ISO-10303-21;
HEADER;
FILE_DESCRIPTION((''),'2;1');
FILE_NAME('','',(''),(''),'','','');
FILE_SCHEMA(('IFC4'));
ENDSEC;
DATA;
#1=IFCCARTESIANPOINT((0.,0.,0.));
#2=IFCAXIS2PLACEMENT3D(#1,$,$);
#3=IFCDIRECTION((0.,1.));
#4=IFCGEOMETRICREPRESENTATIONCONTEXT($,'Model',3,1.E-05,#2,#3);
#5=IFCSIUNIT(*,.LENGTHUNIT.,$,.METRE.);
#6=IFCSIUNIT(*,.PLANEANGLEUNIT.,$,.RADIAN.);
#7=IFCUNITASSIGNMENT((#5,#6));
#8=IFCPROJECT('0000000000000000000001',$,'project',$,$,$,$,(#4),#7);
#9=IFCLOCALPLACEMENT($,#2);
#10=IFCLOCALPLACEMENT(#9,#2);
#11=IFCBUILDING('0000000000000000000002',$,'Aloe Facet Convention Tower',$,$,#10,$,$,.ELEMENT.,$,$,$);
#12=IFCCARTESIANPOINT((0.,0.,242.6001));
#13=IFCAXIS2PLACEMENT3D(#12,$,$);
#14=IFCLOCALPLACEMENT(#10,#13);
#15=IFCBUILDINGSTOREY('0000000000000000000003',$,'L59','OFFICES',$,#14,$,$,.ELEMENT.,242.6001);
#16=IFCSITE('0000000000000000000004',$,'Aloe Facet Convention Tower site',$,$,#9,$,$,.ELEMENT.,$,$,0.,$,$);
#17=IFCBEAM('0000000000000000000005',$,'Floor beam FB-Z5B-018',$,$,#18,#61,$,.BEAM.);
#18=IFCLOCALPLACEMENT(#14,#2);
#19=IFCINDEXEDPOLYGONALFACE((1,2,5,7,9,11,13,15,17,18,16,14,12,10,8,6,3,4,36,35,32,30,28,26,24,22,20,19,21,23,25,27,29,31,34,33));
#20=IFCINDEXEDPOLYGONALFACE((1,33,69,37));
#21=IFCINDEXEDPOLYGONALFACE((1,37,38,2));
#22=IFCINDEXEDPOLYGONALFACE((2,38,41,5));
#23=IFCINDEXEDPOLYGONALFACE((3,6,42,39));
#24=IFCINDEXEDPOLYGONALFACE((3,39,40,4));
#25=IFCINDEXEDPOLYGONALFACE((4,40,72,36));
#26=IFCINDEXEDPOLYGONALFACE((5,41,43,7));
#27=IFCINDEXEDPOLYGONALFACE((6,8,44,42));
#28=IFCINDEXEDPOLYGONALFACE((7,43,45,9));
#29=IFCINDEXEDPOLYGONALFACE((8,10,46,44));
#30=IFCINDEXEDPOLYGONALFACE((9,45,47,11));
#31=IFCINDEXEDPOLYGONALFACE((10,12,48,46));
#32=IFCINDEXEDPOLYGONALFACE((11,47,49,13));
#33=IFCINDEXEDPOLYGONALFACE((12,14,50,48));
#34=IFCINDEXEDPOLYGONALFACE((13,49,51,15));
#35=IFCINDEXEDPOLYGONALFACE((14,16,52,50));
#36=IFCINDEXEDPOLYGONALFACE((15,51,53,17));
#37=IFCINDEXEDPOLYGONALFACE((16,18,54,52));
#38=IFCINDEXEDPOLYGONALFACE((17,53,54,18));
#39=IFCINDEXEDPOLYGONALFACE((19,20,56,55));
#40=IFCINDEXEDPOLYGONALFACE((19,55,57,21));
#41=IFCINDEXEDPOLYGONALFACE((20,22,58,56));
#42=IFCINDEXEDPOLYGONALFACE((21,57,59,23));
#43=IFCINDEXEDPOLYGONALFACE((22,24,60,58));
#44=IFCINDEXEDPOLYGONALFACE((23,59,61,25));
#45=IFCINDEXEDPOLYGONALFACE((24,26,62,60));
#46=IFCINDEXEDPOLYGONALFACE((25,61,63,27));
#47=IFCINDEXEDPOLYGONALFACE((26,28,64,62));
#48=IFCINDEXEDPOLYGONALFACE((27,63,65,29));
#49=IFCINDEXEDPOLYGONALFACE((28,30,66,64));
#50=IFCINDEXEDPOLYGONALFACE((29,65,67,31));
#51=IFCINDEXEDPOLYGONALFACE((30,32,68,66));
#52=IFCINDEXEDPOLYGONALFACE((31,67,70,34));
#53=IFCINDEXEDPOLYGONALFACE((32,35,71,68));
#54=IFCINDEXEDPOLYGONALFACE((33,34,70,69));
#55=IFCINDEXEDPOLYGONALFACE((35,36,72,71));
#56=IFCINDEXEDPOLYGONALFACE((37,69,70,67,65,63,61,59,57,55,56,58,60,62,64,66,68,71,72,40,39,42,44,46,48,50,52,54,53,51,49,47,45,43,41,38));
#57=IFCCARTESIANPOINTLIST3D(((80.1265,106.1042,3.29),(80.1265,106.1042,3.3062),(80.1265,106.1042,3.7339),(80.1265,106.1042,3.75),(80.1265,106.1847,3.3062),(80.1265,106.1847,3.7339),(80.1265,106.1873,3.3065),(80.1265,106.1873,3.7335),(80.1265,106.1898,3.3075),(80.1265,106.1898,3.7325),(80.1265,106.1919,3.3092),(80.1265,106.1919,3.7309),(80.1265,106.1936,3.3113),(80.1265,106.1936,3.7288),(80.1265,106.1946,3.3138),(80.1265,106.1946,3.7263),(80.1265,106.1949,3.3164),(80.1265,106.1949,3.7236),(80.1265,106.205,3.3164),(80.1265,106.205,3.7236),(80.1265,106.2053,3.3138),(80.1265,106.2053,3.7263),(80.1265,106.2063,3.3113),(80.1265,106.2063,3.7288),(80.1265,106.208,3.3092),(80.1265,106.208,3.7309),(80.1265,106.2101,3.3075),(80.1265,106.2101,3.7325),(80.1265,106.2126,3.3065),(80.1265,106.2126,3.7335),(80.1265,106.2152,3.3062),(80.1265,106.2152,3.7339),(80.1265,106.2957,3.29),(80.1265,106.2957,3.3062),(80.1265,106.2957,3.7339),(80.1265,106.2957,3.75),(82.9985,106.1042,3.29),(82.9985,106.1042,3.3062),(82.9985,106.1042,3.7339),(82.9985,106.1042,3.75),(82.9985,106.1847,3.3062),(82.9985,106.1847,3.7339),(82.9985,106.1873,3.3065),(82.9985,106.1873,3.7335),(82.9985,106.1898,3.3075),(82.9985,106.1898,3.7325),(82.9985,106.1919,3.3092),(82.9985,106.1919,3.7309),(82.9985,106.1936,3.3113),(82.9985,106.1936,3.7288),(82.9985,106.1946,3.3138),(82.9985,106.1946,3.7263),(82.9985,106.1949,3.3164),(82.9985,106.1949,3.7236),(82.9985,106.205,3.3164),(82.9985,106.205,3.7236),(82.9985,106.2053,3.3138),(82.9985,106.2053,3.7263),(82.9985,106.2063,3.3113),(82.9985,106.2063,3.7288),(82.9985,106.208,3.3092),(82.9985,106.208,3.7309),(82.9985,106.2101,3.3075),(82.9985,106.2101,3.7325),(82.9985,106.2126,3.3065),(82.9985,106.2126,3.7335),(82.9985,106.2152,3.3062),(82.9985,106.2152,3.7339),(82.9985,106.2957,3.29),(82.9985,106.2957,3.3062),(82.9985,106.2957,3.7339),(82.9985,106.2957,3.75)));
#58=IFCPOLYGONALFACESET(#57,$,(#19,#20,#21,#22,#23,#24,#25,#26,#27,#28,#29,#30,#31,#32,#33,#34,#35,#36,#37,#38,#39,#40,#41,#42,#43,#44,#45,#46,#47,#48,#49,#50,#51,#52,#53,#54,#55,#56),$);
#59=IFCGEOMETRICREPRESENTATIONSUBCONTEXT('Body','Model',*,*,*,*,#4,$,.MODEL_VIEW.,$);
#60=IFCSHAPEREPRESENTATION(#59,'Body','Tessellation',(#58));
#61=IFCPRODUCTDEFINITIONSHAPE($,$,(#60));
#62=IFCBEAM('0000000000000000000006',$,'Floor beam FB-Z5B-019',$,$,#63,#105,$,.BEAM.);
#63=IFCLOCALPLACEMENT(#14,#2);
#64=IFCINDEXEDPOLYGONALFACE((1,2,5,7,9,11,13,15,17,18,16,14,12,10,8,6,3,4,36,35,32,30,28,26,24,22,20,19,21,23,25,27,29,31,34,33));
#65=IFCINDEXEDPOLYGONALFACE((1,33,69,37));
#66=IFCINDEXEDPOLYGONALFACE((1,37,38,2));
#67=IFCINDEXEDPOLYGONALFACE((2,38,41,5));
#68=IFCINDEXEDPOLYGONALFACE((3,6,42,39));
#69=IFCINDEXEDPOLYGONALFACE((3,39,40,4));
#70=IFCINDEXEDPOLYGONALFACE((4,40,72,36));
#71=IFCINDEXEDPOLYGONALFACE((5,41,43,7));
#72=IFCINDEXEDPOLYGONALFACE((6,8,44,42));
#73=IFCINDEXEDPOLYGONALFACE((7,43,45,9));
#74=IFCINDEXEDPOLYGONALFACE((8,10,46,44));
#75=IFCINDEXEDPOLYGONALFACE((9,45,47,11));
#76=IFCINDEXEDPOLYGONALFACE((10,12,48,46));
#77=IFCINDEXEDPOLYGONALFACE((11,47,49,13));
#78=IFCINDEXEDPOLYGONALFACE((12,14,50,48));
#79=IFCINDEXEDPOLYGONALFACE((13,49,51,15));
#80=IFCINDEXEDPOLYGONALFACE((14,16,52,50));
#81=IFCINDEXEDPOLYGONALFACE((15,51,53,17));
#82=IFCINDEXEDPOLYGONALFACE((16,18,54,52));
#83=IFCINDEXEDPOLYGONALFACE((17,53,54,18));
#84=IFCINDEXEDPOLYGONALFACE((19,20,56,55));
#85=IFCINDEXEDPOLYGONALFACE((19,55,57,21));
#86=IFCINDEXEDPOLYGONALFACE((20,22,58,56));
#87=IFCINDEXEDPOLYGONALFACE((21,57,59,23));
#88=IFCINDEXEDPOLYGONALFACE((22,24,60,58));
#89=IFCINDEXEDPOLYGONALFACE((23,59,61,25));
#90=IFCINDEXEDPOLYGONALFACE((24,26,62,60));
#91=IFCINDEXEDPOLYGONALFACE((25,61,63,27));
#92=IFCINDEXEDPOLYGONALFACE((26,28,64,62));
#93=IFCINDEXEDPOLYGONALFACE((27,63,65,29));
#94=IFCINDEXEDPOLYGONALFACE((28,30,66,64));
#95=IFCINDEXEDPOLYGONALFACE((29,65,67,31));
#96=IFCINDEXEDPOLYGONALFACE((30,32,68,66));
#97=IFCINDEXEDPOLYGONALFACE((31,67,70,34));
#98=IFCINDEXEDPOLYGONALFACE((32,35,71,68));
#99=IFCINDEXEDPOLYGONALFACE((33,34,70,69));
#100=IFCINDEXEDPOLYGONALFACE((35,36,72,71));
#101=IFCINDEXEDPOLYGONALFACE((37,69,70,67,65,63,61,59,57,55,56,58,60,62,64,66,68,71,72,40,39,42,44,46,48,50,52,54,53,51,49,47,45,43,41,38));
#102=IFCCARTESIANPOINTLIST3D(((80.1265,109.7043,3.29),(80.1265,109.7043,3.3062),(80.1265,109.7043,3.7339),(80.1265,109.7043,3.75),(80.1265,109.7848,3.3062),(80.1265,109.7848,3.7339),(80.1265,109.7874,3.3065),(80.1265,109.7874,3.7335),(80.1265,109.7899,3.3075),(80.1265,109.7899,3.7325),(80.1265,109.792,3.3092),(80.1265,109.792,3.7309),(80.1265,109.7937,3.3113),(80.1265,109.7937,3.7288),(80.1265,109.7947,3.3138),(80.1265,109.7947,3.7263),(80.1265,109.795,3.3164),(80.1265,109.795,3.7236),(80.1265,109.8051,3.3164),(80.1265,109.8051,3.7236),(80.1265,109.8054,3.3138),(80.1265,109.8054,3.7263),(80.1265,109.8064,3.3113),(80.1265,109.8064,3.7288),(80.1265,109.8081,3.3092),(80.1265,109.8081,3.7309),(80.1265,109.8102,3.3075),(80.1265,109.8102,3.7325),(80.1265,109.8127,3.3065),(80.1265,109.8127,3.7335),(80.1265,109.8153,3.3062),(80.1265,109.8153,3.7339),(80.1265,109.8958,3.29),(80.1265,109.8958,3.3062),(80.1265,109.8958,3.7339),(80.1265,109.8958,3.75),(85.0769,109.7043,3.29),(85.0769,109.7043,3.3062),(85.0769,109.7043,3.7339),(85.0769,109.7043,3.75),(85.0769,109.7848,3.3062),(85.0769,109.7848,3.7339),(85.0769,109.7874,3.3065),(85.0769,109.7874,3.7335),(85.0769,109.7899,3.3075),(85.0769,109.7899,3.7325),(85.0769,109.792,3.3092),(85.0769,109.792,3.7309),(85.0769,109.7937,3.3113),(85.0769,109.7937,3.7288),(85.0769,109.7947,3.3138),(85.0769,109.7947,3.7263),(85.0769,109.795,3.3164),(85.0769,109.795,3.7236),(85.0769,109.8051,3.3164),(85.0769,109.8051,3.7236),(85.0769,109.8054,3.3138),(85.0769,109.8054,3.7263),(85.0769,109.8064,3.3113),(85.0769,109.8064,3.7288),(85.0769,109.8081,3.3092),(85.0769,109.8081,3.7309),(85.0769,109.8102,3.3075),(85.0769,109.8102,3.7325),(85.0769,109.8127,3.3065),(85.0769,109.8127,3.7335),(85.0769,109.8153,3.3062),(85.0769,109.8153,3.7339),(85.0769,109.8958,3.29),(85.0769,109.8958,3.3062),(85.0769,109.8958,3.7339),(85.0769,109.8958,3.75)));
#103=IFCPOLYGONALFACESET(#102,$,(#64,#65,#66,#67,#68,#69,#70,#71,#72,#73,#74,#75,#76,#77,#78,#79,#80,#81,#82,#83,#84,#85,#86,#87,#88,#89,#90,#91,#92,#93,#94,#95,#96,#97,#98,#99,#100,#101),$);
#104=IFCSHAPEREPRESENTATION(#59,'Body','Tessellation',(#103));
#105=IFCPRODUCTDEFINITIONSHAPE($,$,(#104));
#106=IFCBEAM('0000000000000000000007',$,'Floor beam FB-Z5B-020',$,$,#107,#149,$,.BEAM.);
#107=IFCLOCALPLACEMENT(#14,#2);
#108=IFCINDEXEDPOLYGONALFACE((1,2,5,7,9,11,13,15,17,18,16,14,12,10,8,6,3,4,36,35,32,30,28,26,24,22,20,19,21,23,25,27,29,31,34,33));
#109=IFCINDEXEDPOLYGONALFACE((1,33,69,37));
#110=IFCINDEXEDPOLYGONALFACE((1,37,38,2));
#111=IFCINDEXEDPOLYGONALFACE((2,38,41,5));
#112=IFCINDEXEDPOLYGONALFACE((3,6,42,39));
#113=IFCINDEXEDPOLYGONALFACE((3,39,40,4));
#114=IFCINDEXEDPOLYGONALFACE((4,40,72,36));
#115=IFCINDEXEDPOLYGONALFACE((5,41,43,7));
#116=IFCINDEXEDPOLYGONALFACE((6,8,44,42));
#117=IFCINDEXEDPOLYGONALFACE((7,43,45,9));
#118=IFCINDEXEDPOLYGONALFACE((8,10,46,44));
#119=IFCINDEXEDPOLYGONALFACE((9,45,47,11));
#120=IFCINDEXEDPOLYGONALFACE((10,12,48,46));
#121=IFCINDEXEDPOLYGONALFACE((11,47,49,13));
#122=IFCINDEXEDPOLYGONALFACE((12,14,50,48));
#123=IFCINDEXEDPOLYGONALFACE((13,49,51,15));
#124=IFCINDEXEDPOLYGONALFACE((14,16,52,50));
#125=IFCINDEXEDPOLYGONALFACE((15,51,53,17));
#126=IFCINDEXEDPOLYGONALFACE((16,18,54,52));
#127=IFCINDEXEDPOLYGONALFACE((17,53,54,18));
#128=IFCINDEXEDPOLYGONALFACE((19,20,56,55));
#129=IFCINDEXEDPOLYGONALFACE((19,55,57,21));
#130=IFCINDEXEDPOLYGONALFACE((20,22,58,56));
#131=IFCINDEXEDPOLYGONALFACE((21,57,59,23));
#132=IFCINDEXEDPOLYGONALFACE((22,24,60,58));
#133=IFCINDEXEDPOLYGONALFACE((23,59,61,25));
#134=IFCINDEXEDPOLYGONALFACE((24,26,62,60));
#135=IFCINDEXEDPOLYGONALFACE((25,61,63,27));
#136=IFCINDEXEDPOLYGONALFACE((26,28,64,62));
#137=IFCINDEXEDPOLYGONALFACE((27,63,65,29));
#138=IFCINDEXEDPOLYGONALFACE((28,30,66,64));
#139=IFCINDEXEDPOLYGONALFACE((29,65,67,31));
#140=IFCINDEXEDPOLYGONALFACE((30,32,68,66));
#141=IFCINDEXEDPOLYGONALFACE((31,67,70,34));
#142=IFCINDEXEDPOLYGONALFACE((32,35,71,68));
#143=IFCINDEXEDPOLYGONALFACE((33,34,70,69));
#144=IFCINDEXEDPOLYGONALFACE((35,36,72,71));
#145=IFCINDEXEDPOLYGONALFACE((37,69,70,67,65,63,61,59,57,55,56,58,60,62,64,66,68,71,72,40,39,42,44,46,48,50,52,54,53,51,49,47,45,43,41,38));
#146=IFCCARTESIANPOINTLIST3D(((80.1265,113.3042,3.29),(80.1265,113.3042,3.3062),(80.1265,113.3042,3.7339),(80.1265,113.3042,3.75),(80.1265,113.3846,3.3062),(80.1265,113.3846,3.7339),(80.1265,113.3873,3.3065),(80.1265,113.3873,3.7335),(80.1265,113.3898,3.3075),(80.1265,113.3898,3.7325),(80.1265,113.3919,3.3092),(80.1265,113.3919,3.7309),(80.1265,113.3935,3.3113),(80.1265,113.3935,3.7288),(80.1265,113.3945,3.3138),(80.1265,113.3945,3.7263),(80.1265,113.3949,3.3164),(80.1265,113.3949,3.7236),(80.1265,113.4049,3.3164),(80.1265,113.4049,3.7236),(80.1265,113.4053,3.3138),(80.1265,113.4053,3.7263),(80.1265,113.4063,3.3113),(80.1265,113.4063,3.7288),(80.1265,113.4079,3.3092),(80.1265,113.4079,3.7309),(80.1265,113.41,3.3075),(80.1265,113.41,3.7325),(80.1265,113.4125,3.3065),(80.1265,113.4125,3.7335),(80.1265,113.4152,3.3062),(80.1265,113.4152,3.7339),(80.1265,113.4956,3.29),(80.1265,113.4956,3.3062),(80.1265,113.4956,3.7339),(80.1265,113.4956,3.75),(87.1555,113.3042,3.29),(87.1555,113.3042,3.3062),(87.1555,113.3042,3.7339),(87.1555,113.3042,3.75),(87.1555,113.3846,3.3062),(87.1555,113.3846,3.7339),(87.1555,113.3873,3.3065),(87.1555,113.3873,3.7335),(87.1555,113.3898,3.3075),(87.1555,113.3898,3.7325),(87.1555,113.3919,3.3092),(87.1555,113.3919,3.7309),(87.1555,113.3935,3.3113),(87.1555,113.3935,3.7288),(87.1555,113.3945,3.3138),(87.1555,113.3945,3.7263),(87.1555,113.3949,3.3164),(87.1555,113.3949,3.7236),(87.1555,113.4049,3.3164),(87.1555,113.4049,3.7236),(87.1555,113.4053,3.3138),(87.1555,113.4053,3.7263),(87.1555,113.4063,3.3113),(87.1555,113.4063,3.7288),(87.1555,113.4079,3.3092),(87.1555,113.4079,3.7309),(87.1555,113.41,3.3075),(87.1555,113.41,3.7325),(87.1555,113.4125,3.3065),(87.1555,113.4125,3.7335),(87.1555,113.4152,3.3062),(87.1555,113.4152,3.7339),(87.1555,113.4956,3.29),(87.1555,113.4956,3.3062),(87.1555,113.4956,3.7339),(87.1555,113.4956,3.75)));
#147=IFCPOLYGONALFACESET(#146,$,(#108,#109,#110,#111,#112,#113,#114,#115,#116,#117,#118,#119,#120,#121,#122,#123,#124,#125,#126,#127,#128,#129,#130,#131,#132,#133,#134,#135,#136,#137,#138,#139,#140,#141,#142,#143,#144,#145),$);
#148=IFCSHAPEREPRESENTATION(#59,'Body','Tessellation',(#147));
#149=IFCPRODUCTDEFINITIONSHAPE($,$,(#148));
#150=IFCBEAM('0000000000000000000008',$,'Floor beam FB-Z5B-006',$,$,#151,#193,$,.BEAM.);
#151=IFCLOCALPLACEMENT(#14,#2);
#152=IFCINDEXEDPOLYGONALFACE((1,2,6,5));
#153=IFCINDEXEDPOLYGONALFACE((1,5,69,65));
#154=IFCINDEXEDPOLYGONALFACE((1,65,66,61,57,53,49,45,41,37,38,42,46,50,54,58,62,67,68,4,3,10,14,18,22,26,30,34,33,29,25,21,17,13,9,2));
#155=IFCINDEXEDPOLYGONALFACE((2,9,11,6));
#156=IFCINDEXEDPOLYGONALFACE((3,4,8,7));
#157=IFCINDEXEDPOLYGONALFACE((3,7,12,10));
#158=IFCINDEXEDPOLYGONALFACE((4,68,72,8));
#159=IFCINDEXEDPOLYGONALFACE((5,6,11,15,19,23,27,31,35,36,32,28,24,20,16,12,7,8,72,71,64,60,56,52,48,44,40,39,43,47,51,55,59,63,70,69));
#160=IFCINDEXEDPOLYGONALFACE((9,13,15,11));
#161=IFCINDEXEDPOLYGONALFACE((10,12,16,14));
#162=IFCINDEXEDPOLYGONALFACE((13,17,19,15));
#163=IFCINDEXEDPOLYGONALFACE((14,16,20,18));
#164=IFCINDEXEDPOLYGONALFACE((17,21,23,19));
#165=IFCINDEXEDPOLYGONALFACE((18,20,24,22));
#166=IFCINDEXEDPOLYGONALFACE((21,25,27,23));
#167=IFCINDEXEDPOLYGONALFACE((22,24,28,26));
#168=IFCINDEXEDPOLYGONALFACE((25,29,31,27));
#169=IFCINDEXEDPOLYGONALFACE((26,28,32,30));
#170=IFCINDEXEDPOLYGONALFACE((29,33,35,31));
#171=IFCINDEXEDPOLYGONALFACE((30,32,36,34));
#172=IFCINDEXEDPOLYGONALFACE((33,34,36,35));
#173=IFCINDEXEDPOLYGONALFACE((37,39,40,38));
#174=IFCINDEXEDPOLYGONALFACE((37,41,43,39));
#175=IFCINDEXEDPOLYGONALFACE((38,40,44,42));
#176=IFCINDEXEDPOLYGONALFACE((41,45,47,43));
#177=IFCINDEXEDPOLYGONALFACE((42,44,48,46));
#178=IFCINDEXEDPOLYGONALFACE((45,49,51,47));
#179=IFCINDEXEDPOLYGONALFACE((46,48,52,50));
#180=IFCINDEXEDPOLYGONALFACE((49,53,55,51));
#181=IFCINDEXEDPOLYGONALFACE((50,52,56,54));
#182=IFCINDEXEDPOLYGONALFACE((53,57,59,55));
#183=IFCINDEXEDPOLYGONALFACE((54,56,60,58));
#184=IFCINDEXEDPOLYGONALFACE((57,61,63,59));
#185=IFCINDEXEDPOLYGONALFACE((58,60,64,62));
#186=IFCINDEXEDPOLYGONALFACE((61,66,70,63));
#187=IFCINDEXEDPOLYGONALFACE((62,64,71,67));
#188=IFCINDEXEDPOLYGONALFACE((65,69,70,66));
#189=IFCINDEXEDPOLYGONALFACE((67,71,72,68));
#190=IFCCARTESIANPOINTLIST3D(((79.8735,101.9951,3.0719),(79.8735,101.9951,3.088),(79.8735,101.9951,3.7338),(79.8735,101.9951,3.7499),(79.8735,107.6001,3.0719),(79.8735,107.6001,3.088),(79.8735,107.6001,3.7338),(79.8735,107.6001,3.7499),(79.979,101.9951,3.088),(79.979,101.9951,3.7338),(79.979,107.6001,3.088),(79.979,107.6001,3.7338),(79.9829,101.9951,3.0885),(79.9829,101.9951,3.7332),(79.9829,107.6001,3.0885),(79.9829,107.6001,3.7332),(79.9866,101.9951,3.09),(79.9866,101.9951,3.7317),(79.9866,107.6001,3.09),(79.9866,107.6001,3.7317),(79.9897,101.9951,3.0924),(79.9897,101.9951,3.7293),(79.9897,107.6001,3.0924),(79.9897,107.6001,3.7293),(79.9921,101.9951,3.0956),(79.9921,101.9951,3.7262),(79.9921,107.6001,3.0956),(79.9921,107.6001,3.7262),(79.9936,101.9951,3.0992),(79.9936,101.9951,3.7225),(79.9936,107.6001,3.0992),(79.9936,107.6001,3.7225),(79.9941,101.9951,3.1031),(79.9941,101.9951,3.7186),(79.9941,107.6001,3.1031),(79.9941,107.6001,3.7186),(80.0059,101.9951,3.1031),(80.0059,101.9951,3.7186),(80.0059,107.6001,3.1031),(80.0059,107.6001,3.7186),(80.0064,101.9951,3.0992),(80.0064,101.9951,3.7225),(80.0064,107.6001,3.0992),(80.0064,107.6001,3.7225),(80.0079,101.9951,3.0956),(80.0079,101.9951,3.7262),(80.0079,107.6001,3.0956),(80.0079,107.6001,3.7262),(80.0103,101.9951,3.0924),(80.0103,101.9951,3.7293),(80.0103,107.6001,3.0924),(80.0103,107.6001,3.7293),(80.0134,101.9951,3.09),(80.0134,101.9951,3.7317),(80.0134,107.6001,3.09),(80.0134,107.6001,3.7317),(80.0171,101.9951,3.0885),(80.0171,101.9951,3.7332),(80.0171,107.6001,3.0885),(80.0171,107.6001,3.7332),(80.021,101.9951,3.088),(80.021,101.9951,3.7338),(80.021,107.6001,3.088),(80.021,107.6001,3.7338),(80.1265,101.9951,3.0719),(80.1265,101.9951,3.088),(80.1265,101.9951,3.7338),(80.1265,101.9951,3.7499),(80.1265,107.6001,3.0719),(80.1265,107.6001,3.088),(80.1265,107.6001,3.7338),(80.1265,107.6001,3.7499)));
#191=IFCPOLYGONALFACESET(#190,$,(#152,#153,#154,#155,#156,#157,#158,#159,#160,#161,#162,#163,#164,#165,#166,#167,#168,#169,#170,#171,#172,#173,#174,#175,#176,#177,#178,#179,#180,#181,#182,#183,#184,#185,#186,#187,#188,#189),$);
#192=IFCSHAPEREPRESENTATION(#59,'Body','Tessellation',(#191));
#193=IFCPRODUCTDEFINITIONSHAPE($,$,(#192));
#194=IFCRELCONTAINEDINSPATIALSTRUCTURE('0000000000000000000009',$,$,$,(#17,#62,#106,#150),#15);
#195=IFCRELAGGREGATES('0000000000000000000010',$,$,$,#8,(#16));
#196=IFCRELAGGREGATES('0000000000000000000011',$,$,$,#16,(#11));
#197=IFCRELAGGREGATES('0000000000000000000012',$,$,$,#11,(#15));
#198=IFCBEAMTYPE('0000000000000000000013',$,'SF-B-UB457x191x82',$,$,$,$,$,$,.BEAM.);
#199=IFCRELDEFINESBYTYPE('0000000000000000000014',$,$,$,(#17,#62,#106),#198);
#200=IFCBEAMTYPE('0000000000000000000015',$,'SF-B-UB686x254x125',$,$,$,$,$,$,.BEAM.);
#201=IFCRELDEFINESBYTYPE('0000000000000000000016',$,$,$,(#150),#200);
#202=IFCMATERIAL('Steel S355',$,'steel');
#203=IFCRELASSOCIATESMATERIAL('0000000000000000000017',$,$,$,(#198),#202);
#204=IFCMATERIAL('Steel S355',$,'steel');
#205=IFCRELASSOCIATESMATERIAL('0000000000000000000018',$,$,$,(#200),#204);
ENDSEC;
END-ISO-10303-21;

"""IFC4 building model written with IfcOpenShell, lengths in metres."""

from ifc_helpers import new_model, si_unit, direction, frame, origin, origin_2d, place, context, subcontext, project, spatial, i_section, extrude, material, material_profile, profile_set, type_object, element, save


model = new_model("IFC4")

# Units and contexts
model_context = context("Model", 3, precision=1e-05, world=origin(), true_north=direction((0.0, 1.0)))
body_context = subcontext(model_context, "Body", "Model", "MODEL_VIEW")
ifc_project = project(units=[si_unit("LENGTHUNIT", "METRE"), si_unit("PLANEANGLEUNIT", "RADIAN")], contexts=[model_context])

# Site, building, storey
site_placement = place(None, origin())
site = spatial("IfcSite", under=ifc_project, at=site_placement, Name="Aloe Facet Convention Tower site", CompositionType="ELEMENT", RefElevation=0.0)
building_placement = place(site_placement, origin())
building = spatial("IfcBuilding", under=site, at=building_placement, Name="Aloe Facet Convention Tower", CompositionType="ELEMENT")
storey_placement = place(building_placement, frame((0.0, 0.0, 242.6001)))
storey = spatial("IfcBuildingStorey", under=building, at=storey_placement, Name="L59", Description="OFFICES", CompositionType="ELEMENT", Elevation=242.6001)

# Beams
ifc_material_1 = material(Name="Steel S355", Category="steel")
ifc_material_profile_1 = material_profile(ifc_material_1, i_section(OverallWidth=0.1914, OverallDepth=0.46, WebThickness=0.01, FlangeThickness=0.0161, FilletRadius=0.0103, at=origin_2d()), Name="UB 457x191x82")
ifc_profile_set_1 = profile_set([ifc_material_profile_1], Name="Steel S355")
beam_type_1 = type_object("IfcBeamType", Name="SF-B-UB457x191x82", PredefinedType="BEAM", material=ifc_profile_set_1)
for number, where, z_axis, x_axis, name in (
    (1, (80.1265, 106.2, 3.52), (1.0, 0.0, 0.0), (0.0, 1.0, 0.0), "Floor beam FB-Z5B-018"),
):
    element("IfcBeam", number, at=place(storey_placement, frame(where, z_axis=z_axis, x_axis=x_axis)), inside=storey, type_object=beam_type_1, Name=name, PredefinedType="BEAM", context=body_context, shape_type="SweptSolid", body=[
        extrude(i_section(OverallWidth=0.1914, OverallDepth=0.46, WebThickness=0.01, FlangeThickness=0.0161, FilletRadius=0.0103, at=origin_2d()), origin(), (0.0, 0.0, 1.0), 2.8721),
    ])
beam_1_placement = place(storey_placement, frame((80.1265, 109.8, 3.52), z_axis=(1.0, 0.0, 0.0), x_axis=(0.0, 1.0, 0.0)))
element("IfcBeam", 2, at=beam_1_placement, inside=storey, type_object=beam_type_1, Name="Floor beam FB-Z5B-019", PredefinedType="BEAM", context=body_context, shape_type="SweptSolid", body=[
    extrude(i_section(OverallWidth=0.1914, OverallDepth=0.46, WebThickness=0.01, FlangeThickness=0.0161, FilletRadius=0.0103, at=origin_2d()), origin(), (0.0, 0.0, 1.0), 4.9504),
])
beam_2_placement = place(storey_placement, frame((80.1265, 113.3999, 3.52), z_axis=(1.0, 0.0, 0.0), x_axis=(0.0, 1.0, 0.0)))
element("IfcBeam", 3, at=beam_2_placement, inside=storey, type_object=beam_type_1, Name="Floor beam FB-Z5B-020", PredefinedType="BEAM", context=body_context, shape_type="SweptSolid", body=[
    extrude(i_section(OverallWidth=0.1914, OverallDepth=0.46, WebThickness=0.01, FlangeThickness=0.0161, FilletRadius=0.0103, at=origin_2d()), origin(), (0.0, 0.0, 1.0), 7.0291),
])
ifc_material_2 = material(Name="Steel S355", Category="steel")
ifc_material_profile_2 = material_profile(ifc_material_2, i_section(OverallWidth=0.2529, OverallDepth=0.678, WebThickness=0.0117, FlangeThickness=0.0161, FilletRadius=0.0151, at=origin_2d()), Name="UB 686x254x125")
ifc_profile_set_2 = profile_set([ifc_material_profile_2], Name="Steel S355")
beam_type_2 = type_object("IfcBeamType", Name="SF-B-UB686x254x125", PredefinedType="BEAM", material=ifc_profile_set_2)
beam_3_placement = place(storey_placement, frame((80.0, 107.6001, 3.4109), z_axis=(0.0, -1.0, 0.0), x_axis=(1.0, 0.0, 0.0)))
element("IfcBeam", 4, at=beam_3_placement, inside=storey, type_object=beam_type_2, Name="Floor beam FB-Z5B-006", PredefinedType="BEAM", context=body_context, shape_type="SweptSolid", body=[
    extrude(i_section(OverallWidth=0.2529, OverallDepth=0.678, WebThickness=0.0117, FlangeThickness=0.0161, FilletRadius=0.0151, at=origin_2d()), origin(), (0.0, 0.0, 1.0), 5.605),
])

save(model, "model.ifc")
